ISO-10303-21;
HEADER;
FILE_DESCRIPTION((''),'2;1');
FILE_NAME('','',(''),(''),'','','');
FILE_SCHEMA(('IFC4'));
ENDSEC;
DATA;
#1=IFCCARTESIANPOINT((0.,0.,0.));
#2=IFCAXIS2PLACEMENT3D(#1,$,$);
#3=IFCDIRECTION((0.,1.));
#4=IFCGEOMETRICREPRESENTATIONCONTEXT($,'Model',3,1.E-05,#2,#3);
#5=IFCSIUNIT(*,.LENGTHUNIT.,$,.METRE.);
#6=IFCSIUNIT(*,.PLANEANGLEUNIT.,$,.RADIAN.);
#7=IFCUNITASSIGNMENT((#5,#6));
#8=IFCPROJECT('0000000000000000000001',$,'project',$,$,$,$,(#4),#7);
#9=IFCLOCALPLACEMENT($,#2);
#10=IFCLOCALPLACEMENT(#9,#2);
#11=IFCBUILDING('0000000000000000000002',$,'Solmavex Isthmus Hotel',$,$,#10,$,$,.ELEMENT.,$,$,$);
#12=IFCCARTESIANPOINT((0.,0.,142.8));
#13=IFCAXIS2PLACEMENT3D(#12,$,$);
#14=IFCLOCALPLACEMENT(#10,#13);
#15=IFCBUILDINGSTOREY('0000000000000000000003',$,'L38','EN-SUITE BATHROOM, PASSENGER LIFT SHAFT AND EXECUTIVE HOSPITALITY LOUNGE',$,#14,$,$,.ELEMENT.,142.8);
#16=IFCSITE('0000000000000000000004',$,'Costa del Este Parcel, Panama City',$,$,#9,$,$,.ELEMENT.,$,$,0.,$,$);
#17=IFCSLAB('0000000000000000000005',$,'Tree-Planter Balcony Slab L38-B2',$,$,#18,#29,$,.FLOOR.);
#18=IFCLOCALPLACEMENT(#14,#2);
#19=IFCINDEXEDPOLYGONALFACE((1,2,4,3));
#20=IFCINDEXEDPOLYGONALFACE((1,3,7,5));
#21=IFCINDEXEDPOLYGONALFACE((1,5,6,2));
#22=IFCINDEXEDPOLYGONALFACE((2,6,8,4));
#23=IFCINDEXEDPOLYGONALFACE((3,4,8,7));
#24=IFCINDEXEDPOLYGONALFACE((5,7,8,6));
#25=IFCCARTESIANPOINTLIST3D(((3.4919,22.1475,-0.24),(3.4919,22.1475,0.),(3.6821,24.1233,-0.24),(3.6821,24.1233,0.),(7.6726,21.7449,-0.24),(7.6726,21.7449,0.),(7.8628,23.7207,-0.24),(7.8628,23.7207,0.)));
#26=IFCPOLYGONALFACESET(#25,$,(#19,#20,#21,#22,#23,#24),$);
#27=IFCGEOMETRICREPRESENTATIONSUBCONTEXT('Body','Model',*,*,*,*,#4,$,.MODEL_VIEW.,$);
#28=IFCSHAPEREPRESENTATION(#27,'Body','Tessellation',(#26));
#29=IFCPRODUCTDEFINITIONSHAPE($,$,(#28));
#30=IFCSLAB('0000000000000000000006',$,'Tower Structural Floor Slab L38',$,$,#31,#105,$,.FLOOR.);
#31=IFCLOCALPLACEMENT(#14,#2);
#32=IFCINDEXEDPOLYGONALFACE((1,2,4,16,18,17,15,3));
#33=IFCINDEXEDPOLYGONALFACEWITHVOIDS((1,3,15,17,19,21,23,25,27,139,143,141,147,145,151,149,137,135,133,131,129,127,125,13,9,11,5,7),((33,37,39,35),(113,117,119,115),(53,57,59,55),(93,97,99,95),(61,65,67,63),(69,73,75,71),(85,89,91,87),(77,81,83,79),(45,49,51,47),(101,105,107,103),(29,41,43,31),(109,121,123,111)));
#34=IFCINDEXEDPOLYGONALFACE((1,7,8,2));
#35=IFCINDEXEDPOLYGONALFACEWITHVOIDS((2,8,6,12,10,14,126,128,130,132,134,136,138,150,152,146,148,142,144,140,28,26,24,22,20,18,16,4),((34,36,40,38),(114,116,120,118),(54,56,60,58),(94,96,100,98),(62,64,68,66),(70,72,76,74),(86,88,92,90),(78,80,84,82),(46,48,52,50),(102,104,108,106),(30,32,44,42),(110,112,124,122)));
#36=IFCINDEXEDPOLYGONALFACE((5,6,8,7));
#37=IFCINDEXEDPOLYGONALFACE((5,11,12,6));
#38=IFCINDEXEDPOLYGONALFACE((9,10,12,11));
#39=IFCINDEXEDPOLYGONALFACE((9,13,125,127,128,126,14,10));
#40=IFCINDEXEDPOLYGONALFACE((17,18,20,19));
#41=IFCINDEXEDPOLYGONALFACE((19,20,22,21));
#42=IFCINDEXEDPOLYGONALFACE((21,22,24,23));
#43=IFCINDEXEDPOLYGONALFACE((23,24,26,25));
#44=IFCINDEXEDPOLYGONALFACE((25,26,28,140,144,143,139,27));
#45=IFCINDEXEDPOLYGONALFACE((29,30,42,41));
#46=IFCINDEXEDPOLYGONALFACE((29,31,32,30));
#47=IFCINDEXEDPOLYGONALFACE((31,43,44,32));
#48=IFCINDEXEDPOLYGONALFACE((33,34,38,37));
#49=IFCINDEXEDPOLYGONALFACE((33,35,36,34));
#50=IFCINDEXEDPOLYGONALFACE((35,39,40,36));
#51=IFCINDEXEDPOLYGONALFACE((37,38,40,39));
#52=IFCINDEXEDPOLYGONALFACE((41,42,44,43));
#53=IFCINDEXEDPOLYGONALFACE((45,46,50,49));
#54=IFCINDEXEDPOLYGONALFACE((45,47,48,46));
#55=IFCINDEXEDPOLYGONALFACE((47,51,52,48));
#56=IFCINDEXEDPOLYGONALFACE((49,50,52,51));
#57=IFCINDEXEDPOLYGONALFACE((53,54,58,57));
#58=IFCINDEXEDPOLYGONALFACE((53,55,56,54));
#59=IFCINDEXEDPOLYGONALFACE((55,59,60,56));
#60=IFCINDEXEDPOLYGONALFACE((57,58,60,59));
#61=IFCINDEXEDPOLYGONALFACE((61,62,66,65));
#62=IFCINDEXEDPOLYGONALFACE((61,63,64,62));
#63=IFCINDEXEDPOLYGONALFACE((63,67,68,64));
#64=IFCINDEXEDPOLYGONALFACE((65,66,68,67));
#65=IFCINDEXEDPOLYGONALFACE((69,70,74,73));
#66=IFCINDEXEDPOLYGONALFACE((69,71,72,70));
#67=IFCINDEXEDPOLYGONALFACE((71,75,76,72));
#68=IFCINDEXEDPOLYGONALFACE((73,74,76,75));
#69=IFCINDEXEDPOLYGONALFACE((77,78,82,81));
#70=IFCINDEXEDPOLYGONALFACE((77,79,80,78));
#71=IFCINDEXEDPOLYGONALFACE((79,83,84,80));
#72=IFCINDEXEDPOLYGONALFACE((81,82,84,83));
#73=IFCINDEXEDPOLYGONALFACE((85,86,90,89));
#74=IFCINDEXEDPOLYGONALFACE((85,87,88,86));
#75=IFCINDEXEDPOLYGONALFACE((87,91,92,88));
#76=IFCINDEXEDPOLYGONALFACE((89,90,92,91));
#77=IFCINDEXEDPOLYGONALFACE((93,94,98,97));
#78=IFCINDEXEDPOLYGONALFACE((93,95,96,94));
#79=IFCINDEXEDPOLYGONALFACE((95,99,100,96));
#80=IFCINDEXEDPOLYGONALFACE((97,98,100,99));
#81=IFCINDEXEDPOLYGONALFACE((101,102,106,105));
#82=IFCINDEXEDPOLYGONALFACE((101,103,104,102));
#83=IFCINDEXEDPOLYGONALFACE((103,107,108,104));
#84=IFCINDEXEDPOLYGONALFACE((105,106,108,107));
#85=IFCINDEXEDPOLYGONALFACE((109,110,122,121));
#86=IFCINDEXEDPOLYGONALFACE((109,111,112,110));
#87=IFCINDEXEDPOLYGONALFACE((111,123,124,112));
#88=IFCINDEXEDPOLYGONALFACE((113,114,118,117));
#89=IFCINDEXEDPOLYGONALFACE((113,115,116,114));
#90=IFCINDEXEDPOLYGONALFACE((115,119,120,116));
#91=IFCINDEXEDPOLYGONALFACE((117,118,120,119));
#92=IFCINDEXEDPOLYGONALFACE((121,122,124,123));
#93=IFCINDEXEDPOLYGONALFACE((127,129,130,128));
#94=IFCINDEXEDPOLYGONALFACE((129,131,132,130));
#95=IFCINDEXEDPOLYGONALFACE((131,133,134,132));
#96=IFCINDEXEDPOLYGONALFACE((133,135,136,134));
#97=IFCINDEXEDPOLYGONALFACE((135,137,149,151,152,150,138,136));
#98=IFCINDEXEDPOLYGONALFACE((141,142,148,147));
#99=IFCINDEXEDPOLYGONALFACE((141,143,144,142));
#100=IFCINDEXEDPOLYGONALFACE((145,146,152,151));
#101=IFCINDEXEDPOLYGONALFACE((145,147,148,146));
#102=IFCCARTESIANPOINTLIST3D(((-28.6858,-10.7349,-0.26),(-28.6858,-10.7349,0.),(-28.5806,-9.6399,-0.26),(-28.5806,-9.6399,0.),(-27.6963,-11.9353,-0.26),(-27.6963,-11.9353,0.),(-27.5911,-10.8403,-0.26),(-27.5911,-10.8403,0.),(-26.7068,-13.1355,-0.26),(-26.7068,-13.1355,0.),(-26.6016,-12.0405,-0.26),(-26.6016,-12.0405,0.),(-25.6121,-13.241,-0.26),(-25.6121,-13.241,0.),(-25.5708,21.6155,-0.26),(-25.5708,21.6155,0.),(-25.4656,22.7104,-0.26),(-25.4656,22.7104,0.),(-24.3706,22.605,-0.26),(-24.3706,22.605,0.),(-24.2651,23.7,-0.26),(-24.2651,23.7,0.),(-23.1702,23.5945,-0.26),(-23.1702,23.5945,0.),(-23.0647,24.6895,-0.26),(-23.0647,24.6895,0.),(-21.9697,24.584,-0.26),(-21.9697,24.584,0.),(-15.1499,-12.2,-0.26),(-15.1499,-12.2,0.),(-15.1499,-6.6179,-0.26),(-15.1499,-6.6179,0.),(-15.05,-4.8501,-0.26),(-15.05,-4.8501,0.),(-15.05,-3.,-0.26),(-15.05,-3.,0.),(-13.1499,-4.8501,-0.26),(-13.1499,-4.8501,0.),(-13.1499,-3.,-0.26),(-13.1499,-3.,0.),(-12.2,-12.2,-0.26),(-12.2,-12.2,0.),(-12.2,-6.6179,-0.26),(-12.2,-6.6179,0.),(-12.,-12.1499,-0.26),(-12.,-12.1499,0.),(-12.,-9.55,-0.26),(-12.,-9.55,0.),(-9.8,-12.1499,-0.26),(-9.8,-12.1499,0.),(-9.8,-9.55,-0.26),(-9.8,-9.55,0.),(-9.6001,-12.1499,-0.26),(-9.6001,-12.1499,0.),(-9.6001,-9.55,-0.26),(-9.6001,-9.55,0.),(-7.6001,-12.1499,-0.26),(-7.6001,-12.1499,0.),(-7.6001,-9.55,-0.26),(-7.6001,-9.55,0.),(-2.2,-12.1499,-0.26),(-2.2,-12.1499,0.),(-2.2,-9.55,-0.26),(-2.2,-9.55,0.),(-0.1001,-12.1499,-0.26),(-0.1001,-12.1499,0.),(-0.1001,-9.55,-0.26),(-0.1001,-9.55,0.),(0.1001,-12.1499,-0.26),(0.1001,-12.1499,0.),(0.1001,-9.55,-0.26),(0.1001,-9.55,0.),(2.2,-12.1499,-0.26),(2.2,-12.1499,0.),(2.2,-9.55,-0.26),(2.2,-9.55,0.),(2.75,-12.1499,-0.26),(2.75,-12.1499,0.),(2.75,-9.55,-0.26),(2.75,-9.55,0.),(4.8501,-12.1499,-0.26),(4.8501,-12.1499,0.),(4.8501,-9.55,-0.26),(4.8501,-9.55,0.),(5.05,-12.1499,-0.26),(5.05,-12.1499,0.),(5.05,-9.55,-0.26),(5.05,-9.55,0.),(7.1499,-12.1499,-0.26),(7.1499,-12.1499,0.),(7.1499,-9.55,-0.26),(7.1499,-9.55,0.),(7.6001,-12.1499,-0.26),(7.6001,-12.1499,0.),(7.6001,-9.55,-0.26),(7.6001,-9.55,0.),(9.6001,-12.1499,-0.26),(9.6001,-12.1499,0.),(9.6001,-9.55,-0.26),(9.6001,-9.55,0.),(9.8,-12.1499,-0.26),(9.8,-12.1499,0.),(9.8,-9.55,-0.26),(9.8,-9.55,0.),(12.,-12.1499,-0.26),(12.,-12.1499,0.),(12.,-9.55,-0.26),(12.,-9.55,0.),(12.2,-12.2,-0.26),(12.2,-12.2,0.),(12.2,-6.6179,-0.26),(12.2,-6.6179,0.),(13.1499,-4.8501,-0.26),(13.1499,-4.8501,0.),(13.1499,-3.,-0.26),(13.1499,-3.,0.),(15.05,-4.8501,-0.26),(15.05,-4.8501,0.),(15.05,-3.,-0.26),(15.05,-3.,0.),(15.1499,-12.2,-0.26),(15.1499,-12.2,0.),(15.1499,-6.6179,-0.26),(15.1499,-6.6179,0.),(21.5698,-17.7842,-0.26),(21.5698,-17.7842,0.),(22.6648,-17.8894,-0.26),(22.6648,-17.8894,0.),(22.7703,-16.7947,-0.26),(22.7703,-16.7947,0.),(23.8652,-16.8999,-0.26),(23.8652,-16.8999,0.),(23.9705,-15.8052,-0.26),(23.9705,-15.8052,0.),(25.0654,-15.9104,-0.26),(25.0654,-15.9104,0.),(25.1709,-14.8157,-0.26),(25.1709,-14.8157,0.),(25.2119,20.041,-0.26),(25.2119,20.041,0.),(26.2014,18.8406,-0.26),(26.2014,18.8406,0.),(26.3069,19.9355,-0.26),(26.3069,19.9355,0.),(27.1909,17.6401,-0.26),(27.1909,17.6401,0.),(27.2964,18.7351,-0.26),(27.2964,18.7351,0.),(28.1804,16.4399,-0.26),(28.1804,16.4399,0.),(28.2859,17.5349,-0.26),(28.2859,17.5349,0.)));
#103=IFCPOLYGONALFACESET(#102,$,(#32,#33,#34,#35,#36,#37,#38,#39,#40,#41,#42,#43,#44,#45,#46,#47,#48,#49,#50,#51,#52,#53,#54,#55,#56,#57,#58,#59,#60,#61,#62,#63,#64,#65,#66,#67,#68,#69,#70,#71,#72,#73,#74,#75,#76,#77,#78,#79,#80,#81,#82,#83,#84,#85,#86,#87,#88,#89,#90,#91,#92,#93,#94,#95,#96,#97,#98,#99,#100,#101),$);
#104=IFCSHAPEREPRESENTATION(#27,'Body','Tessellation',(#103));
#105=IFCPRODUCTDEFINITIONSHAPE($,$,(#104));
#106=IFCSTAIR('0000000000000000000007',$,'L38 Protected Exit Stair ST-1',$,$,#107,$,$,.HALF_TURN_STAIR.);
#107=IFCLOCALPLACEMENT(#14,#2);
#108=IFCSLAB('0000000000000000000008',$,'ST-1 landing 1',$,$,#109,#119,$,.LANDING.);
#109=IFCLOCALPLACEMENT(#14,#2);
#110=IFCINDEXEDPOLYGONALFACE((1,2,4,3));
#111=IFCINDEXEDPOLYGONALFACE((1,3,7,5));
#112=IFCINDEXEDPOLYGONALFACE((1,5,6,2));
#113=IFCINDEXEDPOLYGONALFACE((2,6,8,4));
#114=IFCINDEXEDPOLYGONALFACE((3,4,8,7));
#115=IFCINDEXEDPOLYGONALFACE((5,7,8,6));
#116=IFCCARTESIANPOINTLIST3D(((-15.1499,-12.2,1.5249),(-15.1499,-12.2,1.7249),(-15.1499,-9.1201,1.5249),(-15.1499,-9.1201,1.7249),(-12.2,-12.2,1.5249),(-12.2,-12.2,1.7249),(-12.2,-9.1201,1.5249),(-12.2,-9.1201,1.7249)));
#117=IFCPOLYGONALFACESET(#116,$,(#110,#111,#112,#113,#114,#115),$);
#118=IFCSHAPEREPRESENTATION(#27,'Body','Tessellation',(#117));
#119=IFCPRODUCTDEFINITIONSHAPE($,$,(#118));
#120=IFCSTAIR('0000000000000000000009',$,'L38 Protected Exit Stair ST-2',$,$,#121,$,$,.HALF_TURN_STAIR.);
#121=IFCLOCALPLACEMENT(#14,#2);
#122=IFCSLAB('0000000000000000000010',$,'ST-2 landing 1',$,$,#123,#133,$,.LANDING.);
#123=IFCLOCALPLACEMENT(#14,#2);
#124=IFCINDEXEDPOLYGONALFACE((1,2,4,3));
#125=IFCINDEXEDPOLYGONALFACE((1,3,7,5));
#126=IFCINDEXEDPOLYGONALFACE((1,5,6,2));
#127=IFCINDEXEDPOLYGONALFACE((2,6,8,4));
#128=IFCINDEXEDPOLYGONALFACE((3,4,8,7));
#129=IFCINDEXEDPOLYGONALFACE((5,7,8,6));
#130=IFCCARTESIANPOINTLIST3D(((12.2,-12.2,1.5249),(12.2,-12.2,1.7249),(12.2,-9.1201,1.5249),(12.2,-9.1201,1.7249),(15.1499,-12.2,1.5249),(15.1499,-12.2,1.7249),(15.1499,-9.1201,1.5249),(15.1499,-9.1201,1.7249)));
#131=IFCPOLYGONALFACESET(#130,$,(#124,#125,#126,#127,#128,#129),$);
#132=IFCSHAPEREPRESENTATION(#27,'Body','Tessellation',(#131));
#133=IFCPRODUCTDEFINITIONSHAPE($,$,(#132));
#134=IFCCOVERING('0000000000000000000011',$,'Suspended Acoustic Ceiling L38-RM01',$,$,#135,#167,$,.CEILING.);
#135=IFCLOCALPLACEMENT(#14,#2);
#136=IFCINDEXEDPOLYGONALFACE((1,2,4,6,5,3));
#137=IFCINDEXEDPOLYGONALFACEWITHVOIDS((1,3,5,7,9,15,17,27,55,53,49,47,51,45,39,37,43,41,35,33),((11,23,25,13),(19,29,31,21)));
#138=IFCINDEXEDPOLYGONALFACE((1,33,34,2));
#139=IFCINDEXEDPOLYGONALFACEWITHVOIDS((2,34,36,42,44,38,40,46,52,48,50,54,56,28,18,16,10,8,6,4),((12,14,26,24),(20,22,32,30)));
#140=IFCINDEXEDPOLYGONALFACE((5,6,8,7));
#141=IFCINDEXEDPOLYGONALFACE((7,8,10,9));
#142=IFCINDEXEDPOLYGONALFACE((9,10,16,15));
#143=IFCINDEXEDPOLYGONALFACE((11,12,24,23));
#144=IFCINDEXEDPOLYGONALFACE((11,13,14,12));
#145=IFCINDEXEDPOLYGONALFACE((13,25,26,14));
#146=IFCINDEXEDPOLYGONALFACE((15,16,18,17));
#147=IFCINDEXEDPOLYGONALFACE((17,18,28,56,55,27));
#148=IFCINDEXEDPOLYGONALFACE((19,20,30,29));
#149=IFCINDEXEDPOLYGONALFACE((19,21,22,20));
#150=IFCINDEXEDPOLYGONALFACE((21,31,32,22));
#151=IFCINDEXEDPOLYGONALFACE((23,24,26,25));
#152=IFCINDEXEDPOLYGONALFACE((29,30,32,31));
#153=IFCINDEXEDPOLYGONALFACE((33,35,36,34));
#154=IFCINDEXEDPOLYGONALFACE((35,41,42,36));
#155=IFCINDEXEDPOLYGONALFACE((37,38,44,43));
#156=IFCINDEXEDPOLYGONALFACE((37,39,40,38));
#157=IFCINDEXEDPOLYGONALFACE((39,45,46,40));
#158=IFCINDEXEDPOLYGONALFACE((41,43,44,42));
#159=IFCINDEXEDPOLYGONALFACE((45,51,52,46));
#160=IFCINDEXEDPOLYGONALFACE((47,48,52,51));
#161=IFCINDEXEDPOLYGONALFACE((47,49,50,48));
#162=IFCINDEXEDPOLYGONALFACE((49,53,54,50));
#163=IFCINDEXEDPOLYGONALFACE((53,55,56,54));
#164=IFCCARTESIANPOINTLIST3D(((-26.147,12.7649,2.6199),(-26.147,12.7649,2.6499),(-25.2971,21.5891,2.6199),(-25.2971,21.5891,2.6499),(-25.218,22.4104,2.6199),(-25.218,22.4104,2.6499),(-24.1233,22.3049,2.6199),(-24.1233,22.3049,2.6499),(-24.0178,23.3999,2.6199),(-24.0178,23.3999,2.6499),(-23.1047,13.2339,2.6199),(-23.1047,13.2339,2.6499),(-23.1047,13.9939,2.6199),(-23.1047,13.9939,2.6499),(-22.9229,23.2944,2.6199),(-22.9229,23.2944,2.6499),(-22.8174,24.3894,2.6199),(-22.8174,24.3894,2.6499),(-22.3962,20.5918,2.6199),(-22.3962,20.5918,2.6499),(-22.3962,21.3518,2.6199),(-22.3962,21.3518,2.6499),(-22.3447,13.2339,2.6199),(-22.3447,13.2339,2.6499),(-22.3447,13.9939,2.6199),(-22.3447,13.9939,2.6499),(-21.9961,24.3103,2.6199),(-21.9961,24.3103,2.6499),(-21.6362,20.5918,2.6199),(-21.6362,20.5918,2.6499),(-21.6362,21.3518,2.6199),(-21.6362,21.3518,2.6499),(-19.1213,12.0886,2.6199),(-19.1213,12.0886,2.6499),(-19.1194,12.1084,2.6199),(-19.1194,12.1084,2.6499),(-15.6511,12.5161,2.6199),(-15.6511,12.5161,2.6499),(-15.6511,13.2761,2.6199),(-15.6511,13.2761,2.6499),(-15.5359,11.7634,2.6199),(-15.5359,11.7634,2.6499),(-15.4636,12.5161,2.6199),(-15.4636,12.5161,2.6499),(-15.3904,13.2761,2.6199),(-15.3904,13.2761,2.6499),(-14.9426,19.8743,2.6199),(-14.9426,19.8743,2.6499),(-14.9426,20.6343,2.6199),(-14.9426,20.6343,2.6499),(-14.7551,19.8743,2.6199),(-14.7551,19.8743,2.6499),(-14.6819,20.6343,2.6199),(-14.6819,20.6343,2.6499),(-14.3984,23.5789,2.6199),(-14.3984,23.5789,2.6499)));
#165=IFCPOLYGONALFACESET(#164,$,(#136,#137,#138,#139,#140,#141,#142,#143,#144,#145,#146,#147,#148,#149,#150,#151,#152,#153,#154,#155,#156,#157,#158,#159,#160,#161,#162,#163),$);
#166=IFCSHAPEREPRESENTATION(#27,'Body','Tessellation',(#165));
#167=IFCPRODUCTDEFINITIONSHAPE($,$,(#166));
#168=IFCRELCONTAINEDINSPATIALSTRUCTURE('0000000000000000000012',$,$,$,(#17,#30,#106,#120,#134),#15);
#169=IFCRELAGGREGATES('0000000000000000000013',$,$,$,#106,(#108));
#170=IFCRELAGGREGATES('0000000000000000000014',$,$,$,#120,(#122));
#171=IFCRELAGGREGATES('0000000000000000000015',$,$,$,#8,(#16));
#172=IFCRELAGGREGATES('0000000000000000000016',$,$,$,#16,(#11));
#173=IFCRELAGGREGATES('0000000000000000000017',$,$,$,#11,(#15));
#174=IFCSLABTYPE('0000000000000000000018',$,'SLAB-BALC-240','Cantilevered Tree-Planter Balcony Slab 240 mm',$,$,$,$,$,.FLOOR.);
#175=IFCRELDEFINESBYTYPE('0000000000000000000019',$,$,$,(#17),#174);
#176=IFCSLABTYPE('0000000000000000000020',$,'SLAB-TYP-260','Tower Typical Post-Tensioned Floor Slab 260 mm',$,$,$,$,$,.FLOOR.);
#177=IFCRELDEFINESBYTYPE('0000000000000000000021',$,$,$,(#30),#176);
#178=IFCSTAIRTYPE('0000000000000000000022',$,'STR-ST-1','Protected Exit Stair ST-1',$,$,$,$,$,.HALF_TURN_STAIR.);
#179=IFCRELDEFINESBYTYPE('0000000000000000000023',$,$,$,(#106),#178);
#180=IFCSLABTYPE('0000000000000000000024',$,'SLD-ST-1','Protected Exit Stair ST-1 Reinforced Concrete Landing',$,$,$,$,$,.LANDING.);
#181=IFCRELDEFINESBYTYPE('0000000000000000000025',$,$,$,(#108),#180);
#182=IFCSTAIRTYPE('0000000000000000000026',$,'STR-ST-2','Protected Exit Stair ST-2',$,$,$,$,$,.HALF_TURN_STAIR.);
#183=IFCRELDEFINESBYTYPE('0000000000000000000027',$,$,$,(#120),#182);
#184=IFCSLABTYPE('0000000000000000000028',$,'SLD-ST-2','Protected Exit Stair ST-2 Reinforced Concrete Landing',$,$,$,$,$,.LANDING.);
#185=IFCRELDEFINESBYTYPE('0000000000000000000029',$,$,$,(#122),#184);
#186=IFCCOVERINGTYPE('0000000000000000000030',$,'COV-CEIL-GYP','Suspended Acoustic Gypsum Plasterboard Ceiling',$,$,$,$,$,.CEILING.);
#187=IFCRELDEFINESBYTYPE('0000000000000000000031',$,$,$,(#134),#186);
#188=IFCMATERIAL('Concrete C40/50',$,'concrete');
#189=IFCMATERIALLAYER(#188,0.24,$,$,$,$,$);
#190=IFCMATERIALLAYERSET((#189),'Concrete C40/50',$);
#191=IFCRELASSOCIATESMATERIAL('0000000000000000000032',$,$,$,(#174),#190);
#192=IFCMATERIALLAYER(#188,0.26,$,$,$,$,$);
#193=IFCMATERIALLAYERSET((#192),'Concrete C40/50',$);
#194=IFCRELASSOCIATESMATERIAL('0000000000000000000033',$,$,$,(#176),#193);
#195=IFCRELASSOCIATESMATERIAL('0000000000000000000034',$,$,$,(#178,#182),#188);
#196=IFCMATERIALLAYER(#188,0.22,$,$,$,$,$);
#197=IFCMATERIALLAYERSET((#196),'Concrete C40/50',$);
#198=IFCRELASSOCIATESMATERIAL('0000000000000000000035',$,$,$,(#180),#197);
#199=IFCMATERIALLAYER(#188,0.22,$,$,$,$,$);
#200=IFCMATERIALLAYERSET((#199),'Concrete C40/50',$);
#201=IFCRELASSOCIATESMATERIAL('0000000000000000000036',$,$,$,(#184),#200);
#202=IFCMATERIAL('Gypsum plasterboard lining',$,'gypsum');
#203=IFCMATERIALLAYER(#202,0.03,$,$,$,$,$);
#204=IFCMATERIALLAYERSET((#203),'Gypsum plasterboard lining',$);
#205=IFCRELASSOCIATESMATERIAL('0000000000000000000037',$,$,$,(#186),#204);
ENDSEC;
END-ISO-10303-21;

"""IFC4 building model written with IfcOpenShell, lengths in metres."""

from ifc_helpers import new_model, si_unit, direction, frame, origin, place, context, subcontext, project, spatial, polyline, outline, extrude, material, layer, layer_set, type_object, element, aggregate, save


model = new_model("IFC4")

# Units and contexts
model_context = context("Model", 3, precision=1e-05, world=origin(), true_north=direction((0.0, 1.0)))
body_context = subcontext(model_context, "Body", "Model", "MODEL_VIEW")
ifc_project = project(units=[si_unit("LENGTHUNIT", "METRE"), si_unit("PLANEANGLEUNIT", "RADIAN")], contexts=[model_context])

# Site, building, storey
site_placement = place(None, origin())
site = spatial("IfcSite", under=ifc_project, at=site_placement, Name="Costa del Este Parcel, Panama City", CompositionType="ELEMENT", RefElevation=0.0)
building_placement = place(site_placement, origin())
building = spatial("IfcBuilding", under=site, at=building_placement, Name="Solmavex Isthmus Hotel", CompositionType="ELEMENT")
storey_placement = place(building_placement, frame((0.0, 0.0, 142.8)))
storey = spatial("IfcBuildingStorey", under=building, at=storey_placement, Name="L38", Description="EN-SUITE BATHROOM, PASSENGER LIFT SHAFT AND EXECUTIVE HOSPITALITY LOUNGE", CompositionType="ELEMENT", Elevation=142.8)

# Slabs
ifc_material_1 = material(Name="Concrete C40/50", Category="concrete")
ifc_layer_1 = layer(ifc_material_1, 0.24)
ifc_layer_set_1 = layer_set([ifc_layer_1], Name="Concrete C40/50")
slab_type_1 = type_object("IfcSlabType", Name="SLAB-BALC-240", Description="Cantilevered Tree-Planter Balcony Slab 240 mm", PredefinedType="FLOOR", material=ifc_layer_set_1)
slab_1_placement = place(storey_placement, frame((0.0, 0.0, -0.24)))
element("IfcSlab", 1, at=slab_1_placement, inside=storey, type_object=slab_type_1, Name="Tree-Planter Balcony Slab L38-B2", PredefinedType="FLOOR", context=body_context, shape_type="SweptSolid", body=[
    extrude(outline(polyline([(3.4919, 22.1475), (7.6726, 21.7449), (7.8628, 23.7207), (3.6821, 24.1233), (3.4919, 22.1475)])), origin(), (0.0, 0.0, 1.0), 0.24),
])
ifc_layer_2 = layer(ifc_material_1, 0.26)
ifc_layer_set_2 = layer_set([ifc_layer_2], Name="Concrete C40/50")
slab_type_2 = type_object("IfcSlabType", Name="SLAB-TYP-260", Description="Tower Typical Post-Tensioned Floor Slab 260 mm", PredefinedType="FLOOR", material=ifc_layer_set_2)
slab_2_placement = place(storey_placement, frame((0.0, 0.0, -0.26)))
element("IfcSlab", 2, at=slab_2_placement, inside=storey, type_object=slab_type_2, Name="Tower Structural Floor Slab L38", PredefinedType="FLOOR", context=body_context, shape_type="SweptSolid", body=[
    extrude(outline(polyline([(-25.6121, -13.241), (21.5698, -17.7842), (22.6648, -17.8894), (22.7703, -16.7947), (23.8652, -16.8999), (23.9705, -15.8052), (25.0654, -15.9104), (25.1709, -14.8157), (28.1804, 16.4399), (28.2859, 17.5349), (27.1909, 17.6401), (27.2964, 18.7351), (26.2014, 18.8406), (26.3069, 19.9355), (25.2119, 20.041), (-21.9697, 24.584), (-23.0647, 24.6895), (-23.1702, 23.5945), (-24.2651, 23.7), (-24.3706, 22.605), (-25.4656, 22.7104), (-25.5708, 21.6155), (-28.5806, -9.6399), (-28.6858, -10.7349), (-27.5911, -10.8403), (-27.6963, -11.9353), (-26.6016, -12.0405), (-26.7068, -13.1355), (-25.6121, -13.241)]), holes=[polyline([(-15.1499, -6.6179), (-15.1499, -12.2), (-12.2, -12.2), (-12.2, -6.6179), (-15.1499, -6.6179)]), polyline([(12.2, -6.6179), (12.2, -12.2), (15.1499, -12.2), (15.1499, -6.6179), (12.2, -6.6179)]), polyline([(-12.0, -12.1499), (-9.8, -12.1499), (-9.8, -9.55), (-12.0, -9.55), (-12.0, -12.1499)]), polyline([(9.8, -12.1499), (12.0, -12.1499), (12.0, -9.55), (9.8, -9.55), (9.8, -12.1499)]), polyline([(-9.6001, -12.1499), (-7.6001, -12.1499), (-7.6001, -9.55), (-9.6001, -9.55), (-9.6001, -12.1499)]), polyline([(7.6001, -12.1499), (9.6001, -12.1499), (9.6001, -9.55), (7.6001, -9.55), (7.6001, -12.1499)]), polyline([(-2.2, -12.1499), (-0.1001, -12.1499), (-0.1001, -9.55), (-2.2, -9.55), (-2.2, -12.1499)]), polyline([(0.1001, -12.1499), (2.2, -12.1499), (2.2, -9.55), (0.1001, -9.55), (0.1001, -12.1499)]), polyline([(2.75, -12.1499), (4.8501, -12.1499), (4.8501, -9.55), (2.75, -9.55), (2.75, -12.1499)]), polyline([(5.05, -12.1499), (7.1499, -12.1499), (7.1499, -9.55), (5.05, -9.55), (5.05, -12.1499)]), polyline([(-15.05, -4.8501), (-13.1499, -4.8501), (-13.1499, -3.0), (-15.05, -3.0), (-15.05, -4.8501)]), polyline([(13.1499, -4.8501), (15.05, -4.8501), (15.05, -3.0), (13.1499, -3.0), (13.1499, -4.8501)])]), origin(), (0.0, 0.0, 1.0), 0.26),
])

# Stairs, slabs
stair_type_1 = type_object("IfcStairType", Name="STR-ST-1", Description="Protected Exit Stair ST-1", PredefinedType="HALF_TURN_STAIR", material=ifc_material_1)
stair_1_placement = place(storey_placement, origin())
stair_1 = element("IfcStair", 3, at=stair_1_placement, inside=storey, type_object=stair_type_1, Name="L38 Protected Exit Stair ST-1", PredefinedType="HALF_TURN_STAIR")
ifc_layer_3 = layer(ifc_material_1, 0.22)
ifc_layer_set_3 = layer_set([ifc_layer_3], Name="Concrete C40/50")
slab_type_3 = type_object("IfcSlabType", Name="SLD-ST-1", Description="Protected Exit Stair ST-1 Reinforced Concrete Landing", PredefinedType="LANDING", material=ifc_layer_set_3)
slab_3_placement = place(storey_placement, frame((0.0, 0.0, 1.5249)))
slab_3 = element("IfcSlab", 4, at=slab_3_placement, type_object=slab_type_3, Name="ST-1 landing 1", PredefinedType="LANDING", context=body_context, shape_type="SweptSolid", body=[
    extrude(outline(polyline([(-15.1499, -9.1201), (-15.1499, -12.2), (-12.2, -12.2), (-12.2, -9.1201), (-15.1499, -9.1201)])), origin(), (0.0, 0.0, 1.0), 0.2),
])
aggregate(stair_1, [slab_3])
stair_type_2 = type_object("IfcStairType", Name="STR-ST-2", Description="Protected Exit Stair ST-2", PredefinedType="HALF_TURN_STAIR", material=ifc_material_1)
stair_2_placement = place(storey_placement, origin())
stair_2 = element("IfcStair", 5, at=stair_2_placement, inside=storey, type_object=stair_type_2, Name="L38 Protected Exit Stair ST-2", PredefinedType="HALF_TURN_STAIR")
ifc_layer_4 = layer(ifc_material_1, 0.22)
ifc_layer_set_4 = layer_set([ifc_layer_4], Name="Concrete C40/50")
slab_type_4 = type_object("IfcSlabType", Name="SLD-ST-2", Description="Protected Exit Stair ST-2 Reinforced Concrete Landing", PredefinedType="LANDING", material=ifc_layer_set_4)
slab_4_placement = place(storey_placement, frame((0.0, 0.0, 1.5249)))
slab_4 = element("IfcSlab", 6, at=slab_4_placement, type_object=slab_type_4, Name="ST-2 landing 1", PredefinedType="LANDING", context=body_context, shape_type="SweptSolid", body=[
    extrude(outline(polyline([(12.2, -9.1201), (12.2, -12.2), (15.1499, -12.2), (15.1499, -9.1201), (12.2, -9.1201)])), origin(), (0.0, 0.0, 1.0), 0.2),
])
aggregate(stair_2, [slab_4])

# Covering
ifc_material_2 = material(Name="Gypsum plasterboard lining", Category="gypsum")
ifc_layer_5 = layer(ifc_material_2, 0.03)
ifc_layer_set_5 = layer_set([ifc_layer_5], Name="Gypsum plasterboard lining")
covering_type_1 = type_object("IfcCoveringType", Name="COV-CEIL-GYP", Description="Suspended Acoustic Gypsum Plasterboard Ceiling", PredefinedType="CEILING", material=ifc_layer_set_5)
covering_1_placement = place(storey_placement, frame((0.0, 0.0, 2.6199)))
element("IfcCovering", 7, at=covering_1_placement, inside=storey, type_object=covering_type_1, Name="Suspended Acoustic Ceiling L38-RM01", PredefinedType="CEILING", context=body_context, shape_type="SweptSolid", body=[
    extrude(outline(polyline([(-19.1213, 12.0886), (-19.1194, 12.1084), (-15.5359, 11.7634), (-15.4636, 12.5161), (-15.6511, 12.5161), (-15.6511, 13.2761), (-15.3904, 13.2761), (-14.7551, 19.8743), (-14.9426, 19.8743), (-14.9426, 20.6343), (-14.6819, 20.6343), (-14.3984, 23.5789), (-21.9961, 24.3103), (-22.8174, 24.3894), (-22.9229, 23.2944), (-24.0178, 23.3999), (-24.1233, 22.3049), (-25.218, 22.4104), (-25.2971, 21.5891), (-26.147, 12.7649), (-19.1213, 12.0886)]), holes=[polyline([(-22.3962, 20.5918), (-22.3962, 21.3518), (-21.6362, 21.3518), (-21.6362, 20.5918), (-22.3962, 20.5918)]), polyline([(-23.1047, 13.2339), (-23.1047, 13.9939), (-22.3447, 13.9939), (-22.3447, 13.2339), (-23.1047, 13.2339)])]), origin(), (0.0, 0.0, 1.0), 0.03),
])

save(model, "model.ifc")
